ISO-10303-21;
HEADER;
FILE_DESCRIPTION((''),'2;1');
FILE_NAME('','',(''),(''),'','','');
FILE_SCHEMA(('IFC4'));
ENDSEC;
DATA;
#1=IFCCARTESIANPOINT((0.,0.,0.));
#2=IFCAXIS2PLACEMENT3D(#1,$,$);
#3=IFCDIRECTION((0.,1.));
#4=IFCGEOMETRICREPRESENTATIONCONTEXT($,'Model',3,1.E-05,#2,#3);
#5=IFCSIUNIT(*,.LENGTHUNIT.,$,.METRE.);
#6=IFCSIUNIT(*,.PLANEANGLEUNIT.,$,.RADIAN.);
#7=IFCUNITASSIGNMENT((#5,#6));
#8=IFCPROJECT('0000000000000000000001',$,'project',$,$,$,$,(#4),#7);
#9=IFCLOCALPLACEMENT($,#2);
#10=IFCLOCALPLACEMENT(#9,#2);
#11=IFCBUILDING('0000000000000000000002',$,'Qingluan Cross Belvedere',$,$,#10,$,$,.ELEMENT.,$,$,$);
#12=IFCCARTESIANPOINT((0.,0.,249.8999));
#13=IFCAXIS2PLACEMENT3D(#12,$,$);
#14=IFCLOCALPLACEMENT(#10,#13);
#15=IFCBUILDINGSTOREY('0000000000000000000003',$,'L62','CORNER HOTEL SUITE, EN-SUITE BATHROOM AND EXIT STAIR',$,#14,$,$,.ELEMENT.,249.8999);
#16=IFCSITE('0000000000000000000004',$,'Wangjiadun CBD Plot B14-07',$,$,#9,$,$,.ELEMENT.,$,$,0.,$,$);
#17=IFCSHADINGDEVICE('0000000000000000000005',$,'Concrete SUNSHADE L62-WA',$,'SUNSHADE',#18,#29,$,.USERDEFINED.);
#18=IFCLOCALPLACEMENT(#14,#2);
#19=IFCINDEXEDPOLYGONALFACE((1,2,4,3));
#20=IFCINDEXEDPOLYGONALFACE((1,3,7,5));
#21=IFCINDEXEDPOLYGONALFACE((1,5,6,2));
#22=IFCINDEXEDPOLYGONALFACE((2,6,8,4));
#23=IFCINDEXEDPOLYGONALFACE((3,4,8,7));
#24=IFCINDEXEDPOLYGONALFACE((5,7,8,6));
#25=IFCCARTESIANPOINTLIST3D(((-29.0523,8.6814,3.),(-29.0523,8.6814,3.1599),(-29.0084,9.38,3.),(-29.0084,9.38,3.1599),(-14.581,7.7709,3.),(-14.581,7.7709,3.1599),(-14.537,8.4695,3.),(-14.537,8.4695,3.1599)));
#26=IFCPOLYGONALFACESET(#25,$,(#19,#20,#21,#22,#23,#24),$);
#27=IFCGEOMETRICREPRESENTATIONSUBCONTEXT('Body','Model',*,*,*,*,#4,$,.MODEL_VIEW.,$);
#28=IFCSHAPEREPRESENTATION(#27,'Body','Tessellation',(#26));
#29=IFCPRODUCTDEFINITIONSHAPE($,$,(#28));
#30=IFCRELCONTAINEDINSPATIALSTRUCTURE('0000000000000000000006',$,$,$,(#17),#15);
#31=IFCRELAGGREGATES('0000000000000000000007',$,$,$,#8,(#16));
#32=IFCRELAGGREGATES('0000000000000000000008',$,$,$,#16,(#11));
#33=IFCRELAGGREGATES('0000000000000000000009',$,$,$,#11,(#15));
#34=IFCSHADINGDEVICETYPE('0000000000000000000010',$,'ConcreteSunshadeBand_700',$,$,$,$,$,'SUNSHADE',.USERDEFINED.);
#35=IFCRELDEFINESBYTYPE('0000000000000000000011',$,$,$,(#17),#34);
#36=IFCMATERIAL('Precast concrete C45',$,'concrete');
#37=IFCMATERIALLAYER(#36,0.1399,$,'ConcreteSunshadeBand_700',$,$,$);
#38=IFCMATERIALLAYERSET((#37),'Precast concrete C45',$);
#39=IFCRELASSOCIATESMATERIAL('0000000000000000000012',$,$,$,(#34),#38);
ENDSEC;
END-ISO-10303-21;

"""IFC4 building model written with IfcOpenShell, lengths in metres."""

from ifc_helpers import new_model, si_unit, direction, frame, origin, origin_2d, place, context, subcontext, project, spatial, rectangle, extrude, material, layer, layer_set, type_object, element, save


model = new_model("IFC4")

# Units and contexts
model_context = context("Model", 3, precision=1e-05, world=origin(), true_north=direction((0.0, 1.0)))
body_context = subcontext(model_context, "Body", "Model", "MODEL_VIEW")
ifc_project = project(units=[si_unit("LENGTHUNIT", "METRE"), si_unit("PLANEANGLEUNIT", "RADIAN")], contexts=[model_context])

# Site, building, storey
site_placement = place(None, origin())
site = spatial("IfcSite", under=ifc_project, at=site_placement, Name="Wangjiadun CBD Plot B14-07", CompositionType="ELEMENT", RefElevation=0.0)
building_placement = place(site_placement, origin())
building = spatial("IfcBuilding", under=site, at=building_placement, Name="Qingluan Cross Belvedere", CompositionType="ELEMENT")
storey_placement = place(building_placement, frame((0.0, 0.0, 249.8999)))
storey = spatial("IfcBuildingStorey", under=building, at=storey_placement, Name="L62", Description="CORNER HOTEL SUITE, EN-SUITE BATHROOM AND EXIT STAIR", CompositionType="ELEMENT", Elevation=249.8999)

# Shading device
ifc_material_1 = material(Name="Precast concrete C45", Category="concrete")
ifc_layer_1 = layer(ifc_material_1, 0.1399, Name="ConcreteSunshadeBand_700")
ifc_layer_set_1 = layer_set([ifc_layer_1], Name="Precast concrete C45")
shading_device_type = type_object("IfcShadingDeviceType", Name="ConcreteSunshadeBand_700", ElementType="SUNSHADE", PredefinedType="USERDEFINED", material=ifc_layer_set_1)
shading_device_placement = place(storey_placement, frame((-21.7947, 8.5754, 3.0), z_axis=(0.0, 0.0, 1.0), x_axis=(-0.998026, 0.062796, 0.0)))
element("IfcShadingDevice", 1, at=shading_device_placement, inside=storey, type_object=shading_device_type, Name="Concrete SUNSHADE L62-WA", ObjectType="SUNSHADE", PredefinedType="USERDEFINED", context=body_context, shape_type="SweptSolid", body=[
    extrude(rectangle(XDim=14.5, YDim=0.7, at=origin_2d()), origin(), (0.0, 0.0, 1.0), 0.1599),
])

save(model, "model.ifc")
